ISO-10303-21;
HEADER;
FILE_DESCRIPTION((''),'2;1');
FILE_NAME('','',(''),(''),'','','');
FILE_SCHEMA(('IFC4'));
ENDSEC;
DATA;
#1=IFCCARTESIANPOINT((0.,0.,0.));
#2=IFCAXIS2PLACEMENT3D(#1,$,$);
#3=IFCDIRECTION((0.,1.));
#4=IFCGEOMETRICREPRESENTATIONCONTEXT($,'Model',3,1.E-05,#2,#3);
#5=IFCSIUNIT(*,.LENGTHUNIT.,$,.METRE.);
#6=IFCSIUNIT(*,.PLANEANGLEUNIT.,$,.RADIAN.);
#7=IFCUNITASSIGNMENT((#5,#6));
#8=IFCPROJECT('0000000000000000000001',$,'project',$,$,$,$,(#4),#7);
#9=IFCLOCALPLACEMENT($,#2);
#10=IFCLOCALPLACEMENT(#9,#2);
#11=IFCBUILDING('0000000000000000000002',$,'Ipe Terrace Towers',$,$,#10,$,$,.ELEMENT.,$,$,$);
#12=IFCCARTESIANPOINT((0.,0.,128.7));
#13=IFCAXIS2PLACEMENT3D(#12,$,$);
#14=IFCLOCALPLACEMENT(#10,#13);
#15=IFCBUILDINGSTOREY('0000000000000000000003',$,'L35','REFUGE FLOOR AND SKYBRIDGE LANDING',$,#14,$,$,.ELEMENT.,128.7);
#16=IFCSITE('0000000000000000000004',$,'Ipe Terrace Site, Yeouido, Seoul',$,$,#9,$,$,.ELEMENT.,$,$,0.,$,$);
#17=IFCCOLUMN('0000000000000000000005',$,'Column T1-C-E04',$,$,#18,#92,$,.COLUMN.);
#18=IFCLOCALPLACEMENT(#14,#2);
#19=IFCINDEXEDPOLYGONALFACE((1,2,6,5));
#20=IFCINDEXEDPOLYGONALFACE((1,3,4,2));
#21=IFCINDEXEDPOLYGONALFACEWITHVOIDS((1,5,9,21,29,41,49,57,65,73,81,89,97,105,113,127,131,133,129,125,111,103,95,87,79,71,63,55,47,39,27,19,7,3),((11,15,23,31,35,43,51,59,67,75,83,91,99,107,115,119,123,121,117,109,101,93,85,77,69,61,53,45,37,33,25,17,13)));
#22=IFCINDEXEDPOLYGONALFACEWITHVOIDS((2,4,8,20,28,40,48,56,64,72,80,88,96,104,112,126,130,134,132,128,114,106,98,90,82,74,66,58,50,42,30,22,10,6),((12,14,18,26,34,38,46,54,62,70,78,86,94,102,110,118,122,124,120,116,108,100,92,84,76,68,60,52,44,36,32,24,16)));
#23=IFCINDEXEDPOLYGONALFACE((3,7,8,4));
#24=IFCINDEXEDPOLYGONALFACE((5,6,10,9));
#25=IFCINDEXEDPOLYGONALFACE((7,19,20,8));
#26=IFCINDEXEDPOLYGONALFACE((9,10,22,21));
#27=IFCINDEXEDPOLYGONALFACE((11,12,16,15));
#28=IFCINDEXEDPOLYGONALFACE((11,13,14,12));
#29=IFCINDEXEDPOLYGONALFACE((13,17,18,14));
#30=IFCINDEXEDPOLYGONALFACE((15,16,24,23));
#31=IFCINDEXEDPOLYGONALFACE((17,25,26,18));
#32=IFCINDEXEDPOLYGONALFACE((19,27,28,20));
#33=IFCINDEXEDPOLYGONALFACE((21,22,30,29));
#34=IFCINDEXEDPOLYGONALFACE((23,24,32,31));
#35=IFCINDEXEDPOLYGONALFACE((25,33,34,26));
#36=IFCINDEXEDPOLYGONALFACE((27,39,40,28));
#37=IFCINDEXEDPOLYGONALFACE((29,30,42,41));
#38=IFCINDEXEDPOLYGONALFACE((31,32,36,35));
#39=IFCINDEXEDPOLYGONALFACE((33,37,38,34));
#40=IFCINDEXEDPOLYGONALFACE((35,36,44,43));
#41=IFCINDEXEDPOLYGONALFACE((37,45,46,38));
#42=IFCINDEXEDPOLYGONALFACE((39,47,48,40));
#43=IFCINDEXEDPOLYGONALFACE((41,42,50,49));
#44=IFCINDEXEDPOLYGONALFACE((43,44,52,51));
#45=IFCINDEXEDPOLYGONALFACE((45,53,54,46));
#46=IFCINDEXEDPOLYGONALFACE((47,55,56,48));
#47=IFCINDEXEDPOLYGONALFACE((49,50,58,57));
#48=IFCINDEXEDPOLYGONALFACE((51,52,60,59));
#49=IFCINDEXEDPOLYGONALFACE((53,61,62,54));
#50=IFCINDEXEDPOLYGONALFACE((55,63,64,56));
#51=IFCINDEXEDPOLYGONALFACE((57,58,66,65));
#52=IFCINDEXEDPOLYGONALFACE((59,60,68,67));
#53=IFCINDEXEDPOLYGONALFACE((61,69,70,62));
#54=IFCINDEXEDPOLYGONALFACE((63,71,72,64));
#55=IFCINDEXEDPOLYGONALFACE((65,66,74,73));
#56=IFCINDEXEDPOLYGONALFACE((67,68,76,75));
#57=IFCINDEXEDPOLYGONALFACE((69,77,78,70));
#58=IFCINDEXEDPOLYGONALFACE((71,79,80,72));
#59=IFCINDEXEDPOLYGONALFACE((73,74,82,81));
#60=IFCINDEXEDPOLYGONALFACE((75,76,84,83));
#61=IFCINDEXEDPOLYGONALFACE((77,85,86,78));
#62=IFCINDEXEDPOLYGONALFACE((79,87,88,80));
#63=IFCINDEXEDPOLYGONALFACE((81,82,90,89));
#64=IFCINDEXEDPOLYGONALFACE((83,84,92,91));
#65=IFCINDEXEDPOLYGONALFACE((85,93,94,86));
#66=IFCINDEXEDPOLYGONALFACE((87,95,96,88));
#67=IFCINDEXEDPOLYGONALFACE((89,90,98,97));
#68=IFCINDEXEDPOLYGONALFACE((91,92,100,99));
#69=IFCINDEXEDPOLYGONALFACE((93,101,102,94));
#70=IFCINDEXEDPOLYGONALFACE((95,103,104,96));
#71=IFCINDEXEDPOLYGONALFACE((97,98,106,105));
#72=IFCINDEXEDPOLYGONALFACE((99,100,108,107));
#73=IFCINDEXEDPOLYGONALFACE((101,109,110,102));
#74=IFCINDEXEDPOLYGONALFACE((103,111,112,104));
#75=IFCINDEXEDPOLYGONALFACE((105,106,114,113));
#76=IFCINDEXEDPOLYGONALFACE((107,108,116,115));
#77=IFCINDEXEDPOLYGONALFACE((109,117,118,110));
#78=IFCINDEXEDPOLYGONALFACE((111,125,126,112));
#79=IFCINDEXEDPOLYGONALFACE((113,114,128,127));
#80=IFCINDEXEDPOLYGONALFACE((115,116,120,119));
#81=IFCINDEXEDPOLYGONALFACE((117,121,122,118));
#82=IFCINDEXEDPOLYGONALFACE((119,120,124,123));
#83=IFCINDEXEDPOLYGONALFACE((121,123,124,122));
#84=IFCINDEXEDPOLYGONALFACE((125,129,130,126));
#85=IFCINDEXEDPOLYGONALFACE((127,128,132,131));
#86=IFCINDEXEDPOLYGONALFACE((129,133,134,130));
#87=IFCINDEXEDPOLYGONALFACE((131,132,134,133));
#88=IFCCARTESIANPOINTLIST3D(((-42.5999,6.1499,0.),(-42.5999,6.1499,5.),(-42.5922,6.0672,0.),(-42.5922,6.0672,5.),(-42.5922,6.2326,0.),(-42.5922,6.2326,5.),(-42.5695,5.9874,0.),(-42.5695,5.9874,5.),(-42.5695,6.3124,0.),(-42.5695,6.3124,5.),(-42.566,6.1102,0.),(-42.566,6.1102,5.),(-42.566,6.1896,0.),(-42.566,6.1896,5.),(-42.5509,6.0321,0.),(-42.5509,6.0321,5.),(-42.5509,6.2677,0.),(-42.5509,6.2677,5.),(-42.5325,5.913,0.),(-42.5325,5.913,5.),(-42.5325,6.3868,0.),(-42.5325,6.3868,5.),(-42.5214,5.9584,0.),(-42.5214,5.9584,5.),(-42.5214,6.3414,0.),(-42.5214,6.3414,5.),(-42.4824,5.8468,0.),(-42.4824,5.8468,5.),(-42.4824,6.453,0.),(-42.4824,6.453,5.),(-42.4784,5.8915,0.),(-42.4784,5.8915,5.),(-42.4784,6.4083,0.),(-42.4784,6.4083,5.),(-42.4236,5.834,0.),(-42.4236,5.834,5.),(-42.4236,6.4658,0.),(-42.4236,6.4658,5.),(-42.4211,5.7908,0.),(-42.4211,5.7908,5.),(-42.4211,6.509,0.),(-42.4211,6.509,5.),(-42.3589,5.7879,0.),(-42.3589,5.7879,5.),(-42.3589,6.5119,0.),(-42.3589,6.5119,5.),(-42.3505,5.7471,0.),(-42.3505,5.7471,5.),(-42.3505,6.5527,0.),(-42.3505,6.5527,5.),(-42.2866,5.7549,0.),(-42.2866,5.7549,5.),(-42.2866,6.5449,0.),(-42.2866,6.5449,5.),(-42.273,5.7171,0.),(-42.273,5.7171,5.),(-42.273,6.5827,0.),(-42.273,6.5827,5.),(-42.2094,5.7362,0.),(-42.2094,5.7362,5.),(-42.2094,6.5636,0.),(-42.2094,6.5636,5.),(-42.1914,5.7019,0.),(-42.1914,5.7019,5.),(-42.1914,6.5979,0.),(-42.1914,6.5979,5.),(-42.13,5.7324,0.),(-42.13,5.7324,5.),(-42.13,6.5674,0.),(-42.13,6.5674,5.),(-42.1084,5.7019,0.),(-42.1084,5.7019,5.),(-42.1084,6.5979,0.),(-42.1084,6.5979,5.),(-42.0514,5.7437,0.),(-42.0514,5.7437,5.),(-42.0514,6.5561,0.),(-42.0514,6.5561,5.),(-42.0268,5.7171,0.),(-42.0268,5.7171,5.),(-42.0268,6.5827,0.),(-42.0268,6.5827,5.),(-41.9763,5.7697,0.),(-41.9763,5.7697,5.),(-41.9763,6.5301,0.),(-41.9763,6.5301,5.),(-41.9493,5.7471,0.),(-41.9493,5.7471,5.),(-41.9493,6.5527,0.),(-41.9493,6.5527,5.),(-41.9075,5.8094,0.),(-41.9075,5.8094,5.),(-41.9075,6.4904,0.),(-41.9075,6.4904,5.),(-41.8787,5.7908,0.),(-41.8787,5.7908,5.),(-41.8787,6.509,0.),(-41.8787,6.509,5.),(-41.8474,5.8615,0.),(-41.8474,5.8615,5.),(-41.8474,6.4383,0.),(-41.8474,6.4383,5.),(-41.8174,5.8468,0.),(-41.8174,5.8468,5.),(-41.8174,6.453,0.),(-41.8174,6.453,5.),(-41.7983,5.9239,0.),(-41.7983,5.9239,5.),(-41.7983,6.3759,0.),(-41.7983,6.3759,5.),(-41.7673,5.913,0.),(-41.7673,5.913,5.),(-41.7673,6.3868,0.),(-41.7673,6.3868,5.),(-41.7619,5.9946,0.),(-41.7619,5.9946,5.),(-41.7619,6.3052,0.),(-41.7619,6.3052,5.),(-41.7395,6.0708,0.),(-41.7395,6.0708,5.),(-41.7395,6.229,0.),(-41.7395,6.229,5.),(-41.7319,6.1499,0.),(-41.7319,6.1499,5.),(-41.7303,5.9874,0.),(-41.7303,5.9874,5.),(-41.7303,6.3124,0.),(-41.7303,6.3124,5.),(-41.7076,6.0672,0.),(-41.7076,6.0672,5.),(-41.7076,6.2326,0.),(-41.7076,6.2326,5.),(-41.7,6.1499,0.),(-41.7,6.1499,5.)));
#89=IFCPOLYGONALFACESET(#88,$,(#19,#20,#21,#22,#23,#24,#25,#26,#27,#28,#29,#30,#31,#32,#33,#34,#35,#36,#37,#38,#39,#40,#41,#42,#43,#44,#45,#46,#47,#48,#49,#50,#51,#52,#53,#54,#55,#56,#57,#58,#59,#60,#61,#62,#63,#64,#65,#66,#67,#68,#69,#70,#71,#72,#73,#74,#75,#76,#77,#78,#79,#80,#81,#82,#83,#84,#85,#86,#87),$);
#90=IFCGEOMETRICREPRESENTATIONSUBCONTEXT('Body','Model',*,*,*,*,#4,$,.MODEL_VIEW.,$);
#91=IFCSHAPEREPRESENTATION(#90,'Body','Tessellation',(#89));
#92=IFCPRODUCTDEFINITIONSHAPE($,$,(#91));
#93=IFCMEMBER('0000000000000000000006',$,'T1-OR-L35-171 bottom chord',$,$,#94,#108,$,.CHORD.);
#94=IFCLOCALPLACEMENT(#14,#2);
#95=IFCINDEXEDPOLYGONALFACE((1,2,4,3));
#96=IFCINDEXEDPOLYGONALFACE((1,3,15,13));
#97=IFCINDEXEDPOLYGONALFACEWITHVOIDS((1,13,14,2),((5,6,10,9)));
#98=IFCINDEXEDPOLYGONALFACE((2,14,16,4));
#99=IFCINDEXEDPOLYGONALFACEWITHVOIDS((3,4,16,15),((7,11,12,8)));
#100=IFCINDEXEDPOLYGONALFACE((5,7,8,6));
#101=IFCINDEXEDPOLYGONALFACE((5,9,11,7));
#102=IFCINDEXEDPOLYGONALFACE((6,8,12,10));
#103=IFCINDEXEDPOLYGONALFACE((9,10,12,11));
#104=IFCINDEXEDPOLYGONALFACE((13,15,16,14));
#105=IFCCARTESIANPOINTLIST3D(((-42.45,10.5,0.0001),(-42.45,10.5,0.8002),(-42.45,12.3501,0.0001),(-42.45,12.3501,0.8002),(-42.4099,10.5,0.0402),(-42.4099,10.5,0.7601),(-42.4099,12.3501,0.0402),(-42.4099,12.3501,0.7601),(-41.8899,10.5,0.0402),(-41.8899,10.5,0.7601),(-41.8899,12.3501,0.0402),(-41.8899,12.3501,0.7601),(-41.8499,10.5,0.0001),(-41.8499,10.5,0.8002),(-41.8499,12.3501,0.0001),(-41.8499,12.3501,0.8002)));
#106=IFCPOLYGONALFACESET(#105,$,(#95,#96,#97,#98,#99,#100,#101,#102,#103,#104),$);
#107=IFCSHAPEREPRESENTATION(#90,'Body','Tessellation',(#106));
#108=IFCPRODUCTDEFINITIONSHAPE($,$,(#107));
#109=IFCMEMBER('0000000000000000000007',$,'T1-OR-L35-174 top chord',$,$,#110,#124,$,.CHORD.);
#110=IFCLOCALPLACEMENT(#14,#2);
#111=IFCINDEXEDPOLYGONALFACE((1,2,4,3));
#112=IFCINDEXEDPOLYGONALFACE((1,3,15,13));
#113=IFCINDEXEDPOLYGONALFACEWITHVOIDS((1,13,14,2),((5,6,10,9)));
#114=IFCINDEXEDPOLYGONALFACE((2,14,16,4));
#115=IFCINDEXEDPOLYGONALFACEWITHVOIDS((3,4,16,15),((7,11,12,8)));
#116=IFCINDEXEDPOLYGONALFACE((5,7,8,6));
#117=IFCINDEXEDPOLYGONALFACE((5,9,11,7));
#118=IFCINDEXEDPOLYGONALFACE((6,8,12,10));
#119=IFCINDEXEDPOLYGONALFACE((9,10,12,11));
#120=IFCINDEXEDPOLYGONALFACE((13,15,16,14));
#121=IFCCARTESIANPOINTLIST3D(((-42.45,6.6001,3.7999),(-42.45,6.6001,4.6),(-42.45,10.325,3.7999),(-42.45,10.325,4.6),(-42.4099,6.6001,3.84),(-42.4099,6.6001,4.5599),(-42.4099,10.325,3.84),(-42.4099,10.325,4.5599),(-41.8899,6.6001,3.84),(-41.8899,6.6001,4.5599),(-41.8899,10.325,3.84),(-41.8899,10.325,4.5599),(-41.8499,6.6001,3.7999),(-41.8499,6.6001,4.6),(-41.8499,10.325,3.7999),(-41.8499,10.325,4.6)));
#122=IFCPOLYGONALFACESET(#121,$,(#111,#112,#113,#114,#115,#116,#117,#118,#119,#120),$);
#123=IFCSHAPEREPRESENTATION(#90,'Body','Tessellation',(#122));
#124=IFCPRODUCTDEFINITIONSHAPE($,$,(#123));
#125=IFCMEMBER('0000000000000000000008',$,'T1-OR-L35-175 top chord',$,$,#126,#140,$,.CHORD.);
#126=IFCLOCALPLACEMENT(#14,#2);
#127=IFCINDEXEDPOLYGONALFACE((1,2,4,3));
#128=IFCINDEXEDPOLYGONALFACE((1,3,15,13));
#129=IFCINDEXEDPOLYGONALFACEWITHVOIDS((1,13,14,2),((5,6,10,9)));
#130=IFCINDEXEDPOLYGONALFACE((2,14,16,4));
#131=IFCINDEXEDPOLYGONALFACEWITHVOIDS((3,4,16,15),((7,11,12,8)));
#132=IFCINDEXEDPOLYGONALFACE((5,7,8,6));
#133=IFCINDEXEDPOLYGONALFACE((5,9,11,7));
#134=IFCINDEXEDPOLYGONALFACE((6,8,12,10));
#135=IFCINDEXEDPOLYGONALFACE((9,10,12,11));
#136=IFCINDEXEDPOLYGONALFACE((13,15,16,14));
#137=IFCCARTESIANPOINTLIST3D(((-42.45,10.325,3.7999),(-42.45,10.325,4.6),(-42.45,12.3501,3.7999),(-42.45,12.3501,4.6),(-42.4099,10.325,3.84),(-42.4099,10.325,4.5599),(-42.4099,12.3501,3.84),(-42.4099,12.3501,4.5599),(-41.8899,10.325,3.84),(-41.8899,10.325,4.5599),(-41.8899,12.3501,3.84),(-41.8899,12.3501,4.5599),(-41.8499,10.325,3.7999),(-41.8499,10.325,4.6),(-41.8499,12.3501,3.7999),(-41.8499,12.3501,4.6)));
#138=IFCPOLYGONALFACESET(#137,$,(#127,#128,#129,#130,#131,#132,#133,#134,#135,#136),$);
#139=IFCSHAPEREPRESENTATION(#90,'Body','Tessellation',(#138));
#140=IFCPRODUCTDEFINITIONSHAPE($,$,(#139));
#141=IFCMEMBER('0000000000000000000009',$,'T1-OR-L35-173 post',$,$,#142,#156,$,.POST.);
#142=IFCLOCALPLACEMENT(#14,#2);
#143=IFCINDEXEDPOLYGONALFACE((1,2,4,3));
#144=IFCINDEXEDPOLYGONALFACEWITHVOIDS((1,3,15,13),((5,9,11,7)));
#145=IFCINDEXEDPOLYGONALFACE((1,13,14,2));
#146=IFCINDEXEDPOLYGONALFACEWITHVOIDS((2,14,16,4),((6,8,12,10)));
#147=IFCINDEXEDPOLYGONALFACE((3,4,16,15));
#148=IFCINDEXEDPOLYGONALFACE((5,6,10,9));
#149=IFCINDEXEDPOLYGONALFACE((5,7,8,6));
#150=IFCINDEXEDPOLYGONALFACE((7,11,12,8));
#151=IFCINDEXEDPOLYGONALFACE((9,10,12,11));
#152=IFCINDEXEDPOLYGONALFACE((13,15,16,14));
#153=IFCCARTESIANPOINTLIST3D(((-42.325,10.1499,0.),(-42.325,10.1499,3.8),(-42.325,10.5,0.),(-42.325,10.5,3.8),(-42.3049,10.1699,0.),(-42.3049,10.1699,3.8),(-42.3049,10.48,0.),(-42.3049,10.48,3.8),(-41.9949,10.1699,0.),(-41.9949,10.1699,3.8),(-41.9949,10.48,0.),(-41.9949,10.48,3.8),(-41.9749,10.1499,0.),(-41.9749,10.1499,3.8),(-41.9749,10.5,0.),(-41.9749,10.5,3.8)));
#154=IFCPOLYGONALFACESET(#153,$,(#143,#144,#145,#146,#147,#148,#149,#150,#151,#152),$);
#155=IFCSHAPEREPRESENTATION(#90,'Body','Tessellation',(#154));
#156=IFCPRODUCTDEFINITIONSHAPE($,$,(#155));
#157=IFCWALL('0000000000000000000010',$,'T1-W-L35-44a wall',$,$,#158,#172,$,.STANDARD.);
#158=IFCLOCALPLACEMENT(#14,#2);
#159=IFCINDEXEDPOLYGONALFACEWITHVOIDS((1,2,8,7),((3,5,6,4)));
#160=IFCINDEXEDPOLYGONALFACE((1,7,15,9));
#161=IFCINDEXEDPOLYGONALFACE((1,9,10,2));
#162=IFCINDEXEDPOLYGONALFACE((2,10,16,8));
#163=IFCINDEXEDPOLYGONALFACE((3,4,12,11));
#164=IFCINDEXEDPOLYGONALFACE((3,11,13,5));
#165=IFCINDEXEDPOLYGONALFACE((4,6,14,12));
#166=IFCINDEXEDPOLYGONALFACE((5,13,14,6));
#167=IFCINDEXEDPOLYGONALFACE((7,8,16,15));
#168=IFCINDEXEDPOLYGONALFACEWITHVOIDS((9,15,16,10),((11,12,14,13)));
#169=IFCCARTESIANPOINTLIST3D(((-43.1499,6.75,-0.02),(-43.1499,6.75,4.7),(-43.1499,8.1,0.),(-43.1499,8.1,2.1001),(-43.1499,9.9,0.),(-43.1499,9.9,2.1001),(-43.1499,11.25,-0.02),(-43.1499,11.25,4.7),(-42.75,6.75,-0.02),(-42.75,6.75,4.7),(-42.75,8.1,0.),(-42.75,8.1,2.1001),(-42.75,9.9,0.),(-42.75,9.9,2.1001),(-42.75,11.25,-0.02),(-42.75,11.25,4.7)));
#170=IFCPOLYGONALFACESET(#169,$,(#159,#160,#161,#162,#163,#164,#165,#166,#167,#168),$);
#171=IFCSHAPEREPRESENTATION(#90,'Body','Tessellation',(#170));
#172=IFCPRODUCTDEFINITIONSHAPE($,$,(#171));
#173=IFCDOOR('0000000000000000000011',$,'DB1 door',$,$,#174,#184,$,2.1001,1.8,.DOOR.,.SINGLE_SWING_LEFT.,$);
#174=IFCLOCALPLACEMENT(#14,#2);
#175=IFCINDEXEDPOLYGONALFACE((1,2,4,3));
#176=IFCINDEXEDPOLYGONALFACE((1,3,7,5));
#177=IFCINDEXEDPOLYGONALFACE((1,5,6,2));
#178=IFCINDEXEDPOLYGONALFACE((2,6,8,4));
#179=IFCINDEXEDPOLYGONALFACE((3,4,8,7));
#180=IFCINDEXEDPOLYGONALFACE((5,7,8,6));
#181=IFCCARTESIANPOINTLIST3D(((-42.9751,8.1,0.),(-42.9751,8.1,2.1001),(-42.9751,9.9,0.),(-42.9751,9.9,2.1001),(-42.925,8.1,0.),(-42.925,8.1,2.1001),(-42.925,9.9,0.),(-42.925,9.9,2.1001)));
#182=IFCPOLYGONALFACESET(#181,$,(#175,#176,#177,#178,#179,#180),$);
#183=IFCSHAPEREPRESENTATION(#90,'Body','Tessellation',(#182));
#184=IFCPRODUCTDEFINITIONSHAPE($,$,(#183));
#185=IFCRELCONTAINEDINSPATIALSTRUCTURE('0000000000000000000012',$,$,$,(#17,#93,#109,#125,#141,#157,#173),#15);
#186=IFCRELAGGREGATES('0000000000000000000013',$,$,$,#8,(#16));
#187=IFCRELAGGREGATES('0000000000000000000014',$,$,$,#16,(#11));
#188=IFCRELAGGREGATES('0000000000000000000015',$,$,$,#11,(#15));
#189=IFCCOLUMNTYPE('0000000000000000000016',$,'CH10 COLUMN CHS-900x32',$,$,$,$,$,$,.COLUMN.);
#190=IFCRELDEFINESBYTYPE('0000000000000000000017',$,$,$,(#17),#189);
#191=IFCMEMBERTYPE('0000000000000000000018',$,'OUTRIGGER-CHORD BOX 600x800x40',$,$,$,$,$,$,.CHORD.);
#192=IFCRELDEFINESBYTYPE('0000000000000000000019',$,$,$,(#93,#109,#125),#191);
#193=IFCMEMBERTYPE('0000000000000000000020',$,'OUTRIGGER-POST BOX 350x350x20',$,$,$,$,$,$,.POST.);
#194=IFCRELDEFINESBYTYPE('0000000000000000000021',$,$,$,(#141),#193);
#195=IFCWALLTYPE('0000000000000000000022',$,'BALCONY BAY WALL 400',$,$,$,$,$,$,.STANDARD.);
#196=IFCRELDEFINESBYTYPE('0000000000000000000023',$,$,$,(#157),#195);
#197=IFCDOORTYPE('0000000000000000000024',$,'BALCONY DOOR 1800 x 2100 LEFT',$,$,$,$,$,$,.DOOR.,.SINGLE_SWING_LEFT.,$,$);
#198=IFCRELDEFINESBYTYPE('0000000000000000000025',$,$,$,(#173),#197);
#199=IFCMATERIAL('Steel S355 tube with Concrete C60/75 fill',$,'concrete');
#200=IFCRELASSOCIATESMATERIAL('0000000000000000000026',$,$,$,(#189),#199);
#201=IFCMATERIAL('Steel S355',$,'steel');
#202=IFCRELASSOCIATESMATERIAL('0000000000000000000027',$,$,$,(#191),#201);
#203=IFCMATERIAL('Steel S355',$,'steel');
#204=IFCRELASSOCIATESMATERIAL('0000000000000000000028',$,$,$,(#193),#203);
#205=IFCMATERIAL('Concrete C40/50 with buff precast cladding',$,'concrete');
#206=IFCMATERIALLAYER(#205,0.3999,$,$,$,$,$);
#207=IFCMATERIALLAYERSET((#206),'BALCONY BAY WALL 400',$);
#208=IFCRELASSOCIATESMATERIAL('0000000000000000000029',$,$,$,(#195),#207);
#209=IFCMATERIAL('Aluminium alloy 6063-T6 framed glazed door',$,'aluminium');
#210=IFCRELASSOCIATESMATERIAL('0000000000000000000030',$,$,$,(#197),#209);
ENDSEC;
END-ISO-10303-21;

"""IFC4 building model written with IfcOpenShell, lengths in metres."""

from ifc_helpers import new_model, si_unit, direction, frame, frame_2d, origin, origin_2d, place, context, subcontext, project, spatial, rectangle, hollow_rectangle, hollow_circle, extrude, material, layer, layer_set, material_profile, profile_set, type_object, element, fill, save


model = new_model("IFC4")

# Units and contexts
model_context = context("Model", 3, precision=1e-05, world=origin(), true_north=direction((0.0, 1.0)))
body_context = subcontext(model_context, "Body", "Model", "MODEL_VIEW")
ifc_project = project(units=[si_unit("LENGTHUNIT", "METRE"), si_unit("PLANEANGLEUNIT", "RADIAN")], contexts=[model_context])

# Site, building, storey
site_placement = place(None, origin())
site = spatial("IfcSite", under=ifc_project, at=site_placement, Name="Ipe Terrace Site, Yeouido, Seoul", CompositionType="ELEMENT", RefElevation=0.0)
building_placement = place(site_placement, origin())
building = spatial("IfcBuilding", under=site, at=building_placement, Name="Ipe Terrace Towers", CompositionType="ELEMENT")
storey_placement = place(building_placement, frame((0.0, 0.0, 128.7)))
storey = spatial("IfcBuildingStorey", under=building, at=storey_placement, Name="L35", Description="REFUGE FLOOR AND SKYBRIDGE LANDING", CompositionType="ELEMENT", Elevation=128.7)

# Column
ifc_material_1 = material(Name="Steel S355 tube with Concrete C60/75 fill", Category="concrete")
ifc_material_profile_1 = material_profile(ifc_material_1, hollow_circle(Radius=0.45, WallThickness=0.032, at=origin_2d()), Name="CHS-900x32")
ifc_profile_set_1 = profile_set([ifc_material_profile_1], Name="Steel S355 tube with Concrete C60/75 fill")
column_type = type_object("IfcColumnType", Name="CH10 COLUMN CHS-900x32", PredefinedType="COLUMN", material=ifc_profile_set_1)
column_placement = place(storey_placement, frame((-42.1499, 6.1499, 0.0), z_axis=(0.0, 0.0, 1.0), x_axis=(1.0, 0.0, 0.0)))
element("IfcColumn", 1, at=column_placement, inside=storey, type_object=column_type, Name="Column T1-C-E04", PredefinedType="COLUMN", context=body_context, shape_type="SweptSolid", body=[
    extrude(hollow_circle(Radius=0.45, WallThickness=0.032, at=origin_2d()), origin(), (0.0, 0.0, 1.0), 5.0),
])

# Members
ifc_material_2 = material(Name="Steel S355", Category="steel")
ifc_material_profile_2 = material_profile(ifc_material_2, hollow_rectangle(XDim=0.6001, YDim=0.8, WallThickness=0.04, at=origin_2d()), Name="OUTRIGGER-CHORD BOX 600x800x40")
ifc_profile_set_2 = profile_set([ifc_material_profile_2], Name="Steel S355")
member_type_1 = type_object("IfcMemberType", Name="OUTRIGGER-CHORD BOX 600x800x40", PredefinedType="CHORD", material=ifc_profile_set_2)
member_1_placement = place(storey_placement, frame((-42.1499, 10.5, 0.4001), z_axis=(0.0, 1.0, 0.0), x_axis=(-1.0, 0.0, 0.0)))
element("IfcMember", 2, at=member_1_placement, inside=storey, type_object=member_type_1, Name="T1-OR-L35-171 bottom chord", PredefinedType="CHORD", context=body_context, shape_type="SweptSolid", body=[
    extrude(hollow_rectangle(XDim=0.6001, YDim=0.8, WallThickness=0.04, at=origin_2d()), origin(), (0.0, 0.0, 1.0), 1.8501),
])
member_2_placement = place(storey_placement, frame((-42.1499, 6.6001, 4.2), z_axis=(0.0, 1.0, 0.0), x_axis=(-1.0, 0.0, 0.0)))
element("IfcMember", 3, at=member_2_placement, inside=storey, type_object=member_type_1, Name="T1-OR-L35-174 top chord", PredefinedType="CHORD", context=body_context, shape_type="SweptSolid", body=[
    extrude(hollow_rectangle(XDim=0.6001, YDim=0.8, WallThickness=0.04, at=origin_2d()), origin(), (0.0, 0.0, 1.0), 3.7249),
])
member_3_placement = place(storey_placement, frame((-42.1499, 10.325, 4.2), z_axis=(0.0, 1.0, 0.0), x_axis=(-1.0, 0.0, 0.0)))
element("IfcMember", 4, at=member_3_placement, inside=storey, type_object=member_type_1, Name="T1-OR-L35-175 top chord", PredefinedType="CHORD", context=body_context, shape_type="SweptSolid", body=[
    extrude(hollow_rectangle(XDim=0.6001, YDim=0.8, WallThickness=0.04, at=origin_2d()), origin(), (0.0, 0.0, 1.0), 2.0251),
])
ifc_material_3 = material(Name="Steel S355", Category="steel")
ifc_material_profile_3 = material_profile(ifc_material_3, hollow_rectangle(XDim=0.3501, YDim=0.3501, WallThickness=0.02, at=origin_2d()), Name="OUTRIGGER-POST BOX 350x350x20")
ifc_profile_set_3 = profile_set([ifc_material_profile_3], Name="Steel S355")
member_type_2 = type_object("IfcMemberType", Name="OUTRIGGER-POST BOX 350x350x20", PredefinedType="POST", material=ifc_profile_set_3)
member_4_placement = place(storey_placement, frame((-42.1499, 10.325, 0.0), z_axis=(0.0, 0.0, 1.0), x_axis=(1.0, 0.0, 0.0)))
element("IfcMember", 5, at=member_4_placement, inside=storey, type_object=member_type_2, Name="T1-OR-L35-173 post", PredefinedType="POST", context=body_context, shape_type="SweptSolid", body=[
    extrude(hollow_rectangle(XDim=0.3501, YDim=0.3501, WallThickness=0.02, at=origin_2d()), origin(), (0.0, 0.0, 1.0), 3.8),
])

# Wall, opening, door
ifc_material_4 = material(Name="Concrete C40/50 with buff precast cladding", Category="concrete")
ifc_layer_1 = layer(ifc_material_4, 0.3999)
ifc_layer_set_1 = layer_set([ifc_layer_1], Name="BALCONY BAY WALL 400")
wall_type_1 = type_object("IfcWallType", Name="BALCONY BAY WALL 400", PredefinedType="STANDARD", material=ifc_layer_set_1)
wall_1_placement = place(storey_placement, frame((-42.95, 11.25, -0.02), z_axis=(0.0, 0.0, 1.0), x_axis=(0.0, -1.0, 0.0)))
wall_1 = element("IfcWall", 6, at=wall_1_placement, inside=storey, type_object=wall_type_1, Name="T1-W-L35-44a wall", PredefinedType="STANDARD", context=body_context, shape_type="SweptSolid", body=[
    extrude(rectangle(XDim=4.5, YDim=0.3999, at=frame_2d((2.25, 0.0))), origin(), (0.0, 0.0, 1.0), 4.72),
])
opening_1_placement = place(wall_1_placement, frame((1.3501, 0.0, 0.02)))
opening_1 = element("IfcOpeningElement", 7, at=opening_1_placement, cuts=wall_1, PredefinedType="OPENING", context=body_context, shape_type="SweptSolid", body=[
    extrude(rectangle(XDim=1.8, YDim=2.1001, at=frame_2d((0.8999, 1.05))), frame((0.0, 0.21, 0.0), z_axis=(0.0, -1.0, 0.0), x_axis=(1.0, 0.0, 0.0)), (0.0, 0.0, 1.0), 0.4199),
])
ifc_material_5 = material(Name="Aluminium alloy 6063-T6 framed glazed door", Category="aluminium")
door_type_1 = type_object("IfcDoorType", Name="BALCONY DOOR 1800 x 2100 LEFT", OperationType="SINGLE_SWING_LEFT", PredefinedType="DOOR", material=ifc_material_5)
door_1_placement = place(opening_1_placement, origin())
door_1 = element("IfcDoor", 8, at=door_1_placement, inside=storey, type_object=door_type_1, Name="DB1 door", OperationType="SINGLE_SWING_LEFT", OverallHeight=2.1001, OverallWidth=1.8, PredefinedType="DOOR", context=body_context, shape_type="SweptSolid", body=[
    extrude(rectangle(XDim=1.8, YDim=2.1001, at=frame_2d((0.8999, 1.05))), frame((0.0, 0.0249, 0.0), z_axis=(0.0, -1.0, 0.0), x_axis=(1.0, 0.0, 0.0)), (0.0, 0.0, 1.0), 0.05),
])
fill(opening_1, door_1)

save(model, "model.ifc")
